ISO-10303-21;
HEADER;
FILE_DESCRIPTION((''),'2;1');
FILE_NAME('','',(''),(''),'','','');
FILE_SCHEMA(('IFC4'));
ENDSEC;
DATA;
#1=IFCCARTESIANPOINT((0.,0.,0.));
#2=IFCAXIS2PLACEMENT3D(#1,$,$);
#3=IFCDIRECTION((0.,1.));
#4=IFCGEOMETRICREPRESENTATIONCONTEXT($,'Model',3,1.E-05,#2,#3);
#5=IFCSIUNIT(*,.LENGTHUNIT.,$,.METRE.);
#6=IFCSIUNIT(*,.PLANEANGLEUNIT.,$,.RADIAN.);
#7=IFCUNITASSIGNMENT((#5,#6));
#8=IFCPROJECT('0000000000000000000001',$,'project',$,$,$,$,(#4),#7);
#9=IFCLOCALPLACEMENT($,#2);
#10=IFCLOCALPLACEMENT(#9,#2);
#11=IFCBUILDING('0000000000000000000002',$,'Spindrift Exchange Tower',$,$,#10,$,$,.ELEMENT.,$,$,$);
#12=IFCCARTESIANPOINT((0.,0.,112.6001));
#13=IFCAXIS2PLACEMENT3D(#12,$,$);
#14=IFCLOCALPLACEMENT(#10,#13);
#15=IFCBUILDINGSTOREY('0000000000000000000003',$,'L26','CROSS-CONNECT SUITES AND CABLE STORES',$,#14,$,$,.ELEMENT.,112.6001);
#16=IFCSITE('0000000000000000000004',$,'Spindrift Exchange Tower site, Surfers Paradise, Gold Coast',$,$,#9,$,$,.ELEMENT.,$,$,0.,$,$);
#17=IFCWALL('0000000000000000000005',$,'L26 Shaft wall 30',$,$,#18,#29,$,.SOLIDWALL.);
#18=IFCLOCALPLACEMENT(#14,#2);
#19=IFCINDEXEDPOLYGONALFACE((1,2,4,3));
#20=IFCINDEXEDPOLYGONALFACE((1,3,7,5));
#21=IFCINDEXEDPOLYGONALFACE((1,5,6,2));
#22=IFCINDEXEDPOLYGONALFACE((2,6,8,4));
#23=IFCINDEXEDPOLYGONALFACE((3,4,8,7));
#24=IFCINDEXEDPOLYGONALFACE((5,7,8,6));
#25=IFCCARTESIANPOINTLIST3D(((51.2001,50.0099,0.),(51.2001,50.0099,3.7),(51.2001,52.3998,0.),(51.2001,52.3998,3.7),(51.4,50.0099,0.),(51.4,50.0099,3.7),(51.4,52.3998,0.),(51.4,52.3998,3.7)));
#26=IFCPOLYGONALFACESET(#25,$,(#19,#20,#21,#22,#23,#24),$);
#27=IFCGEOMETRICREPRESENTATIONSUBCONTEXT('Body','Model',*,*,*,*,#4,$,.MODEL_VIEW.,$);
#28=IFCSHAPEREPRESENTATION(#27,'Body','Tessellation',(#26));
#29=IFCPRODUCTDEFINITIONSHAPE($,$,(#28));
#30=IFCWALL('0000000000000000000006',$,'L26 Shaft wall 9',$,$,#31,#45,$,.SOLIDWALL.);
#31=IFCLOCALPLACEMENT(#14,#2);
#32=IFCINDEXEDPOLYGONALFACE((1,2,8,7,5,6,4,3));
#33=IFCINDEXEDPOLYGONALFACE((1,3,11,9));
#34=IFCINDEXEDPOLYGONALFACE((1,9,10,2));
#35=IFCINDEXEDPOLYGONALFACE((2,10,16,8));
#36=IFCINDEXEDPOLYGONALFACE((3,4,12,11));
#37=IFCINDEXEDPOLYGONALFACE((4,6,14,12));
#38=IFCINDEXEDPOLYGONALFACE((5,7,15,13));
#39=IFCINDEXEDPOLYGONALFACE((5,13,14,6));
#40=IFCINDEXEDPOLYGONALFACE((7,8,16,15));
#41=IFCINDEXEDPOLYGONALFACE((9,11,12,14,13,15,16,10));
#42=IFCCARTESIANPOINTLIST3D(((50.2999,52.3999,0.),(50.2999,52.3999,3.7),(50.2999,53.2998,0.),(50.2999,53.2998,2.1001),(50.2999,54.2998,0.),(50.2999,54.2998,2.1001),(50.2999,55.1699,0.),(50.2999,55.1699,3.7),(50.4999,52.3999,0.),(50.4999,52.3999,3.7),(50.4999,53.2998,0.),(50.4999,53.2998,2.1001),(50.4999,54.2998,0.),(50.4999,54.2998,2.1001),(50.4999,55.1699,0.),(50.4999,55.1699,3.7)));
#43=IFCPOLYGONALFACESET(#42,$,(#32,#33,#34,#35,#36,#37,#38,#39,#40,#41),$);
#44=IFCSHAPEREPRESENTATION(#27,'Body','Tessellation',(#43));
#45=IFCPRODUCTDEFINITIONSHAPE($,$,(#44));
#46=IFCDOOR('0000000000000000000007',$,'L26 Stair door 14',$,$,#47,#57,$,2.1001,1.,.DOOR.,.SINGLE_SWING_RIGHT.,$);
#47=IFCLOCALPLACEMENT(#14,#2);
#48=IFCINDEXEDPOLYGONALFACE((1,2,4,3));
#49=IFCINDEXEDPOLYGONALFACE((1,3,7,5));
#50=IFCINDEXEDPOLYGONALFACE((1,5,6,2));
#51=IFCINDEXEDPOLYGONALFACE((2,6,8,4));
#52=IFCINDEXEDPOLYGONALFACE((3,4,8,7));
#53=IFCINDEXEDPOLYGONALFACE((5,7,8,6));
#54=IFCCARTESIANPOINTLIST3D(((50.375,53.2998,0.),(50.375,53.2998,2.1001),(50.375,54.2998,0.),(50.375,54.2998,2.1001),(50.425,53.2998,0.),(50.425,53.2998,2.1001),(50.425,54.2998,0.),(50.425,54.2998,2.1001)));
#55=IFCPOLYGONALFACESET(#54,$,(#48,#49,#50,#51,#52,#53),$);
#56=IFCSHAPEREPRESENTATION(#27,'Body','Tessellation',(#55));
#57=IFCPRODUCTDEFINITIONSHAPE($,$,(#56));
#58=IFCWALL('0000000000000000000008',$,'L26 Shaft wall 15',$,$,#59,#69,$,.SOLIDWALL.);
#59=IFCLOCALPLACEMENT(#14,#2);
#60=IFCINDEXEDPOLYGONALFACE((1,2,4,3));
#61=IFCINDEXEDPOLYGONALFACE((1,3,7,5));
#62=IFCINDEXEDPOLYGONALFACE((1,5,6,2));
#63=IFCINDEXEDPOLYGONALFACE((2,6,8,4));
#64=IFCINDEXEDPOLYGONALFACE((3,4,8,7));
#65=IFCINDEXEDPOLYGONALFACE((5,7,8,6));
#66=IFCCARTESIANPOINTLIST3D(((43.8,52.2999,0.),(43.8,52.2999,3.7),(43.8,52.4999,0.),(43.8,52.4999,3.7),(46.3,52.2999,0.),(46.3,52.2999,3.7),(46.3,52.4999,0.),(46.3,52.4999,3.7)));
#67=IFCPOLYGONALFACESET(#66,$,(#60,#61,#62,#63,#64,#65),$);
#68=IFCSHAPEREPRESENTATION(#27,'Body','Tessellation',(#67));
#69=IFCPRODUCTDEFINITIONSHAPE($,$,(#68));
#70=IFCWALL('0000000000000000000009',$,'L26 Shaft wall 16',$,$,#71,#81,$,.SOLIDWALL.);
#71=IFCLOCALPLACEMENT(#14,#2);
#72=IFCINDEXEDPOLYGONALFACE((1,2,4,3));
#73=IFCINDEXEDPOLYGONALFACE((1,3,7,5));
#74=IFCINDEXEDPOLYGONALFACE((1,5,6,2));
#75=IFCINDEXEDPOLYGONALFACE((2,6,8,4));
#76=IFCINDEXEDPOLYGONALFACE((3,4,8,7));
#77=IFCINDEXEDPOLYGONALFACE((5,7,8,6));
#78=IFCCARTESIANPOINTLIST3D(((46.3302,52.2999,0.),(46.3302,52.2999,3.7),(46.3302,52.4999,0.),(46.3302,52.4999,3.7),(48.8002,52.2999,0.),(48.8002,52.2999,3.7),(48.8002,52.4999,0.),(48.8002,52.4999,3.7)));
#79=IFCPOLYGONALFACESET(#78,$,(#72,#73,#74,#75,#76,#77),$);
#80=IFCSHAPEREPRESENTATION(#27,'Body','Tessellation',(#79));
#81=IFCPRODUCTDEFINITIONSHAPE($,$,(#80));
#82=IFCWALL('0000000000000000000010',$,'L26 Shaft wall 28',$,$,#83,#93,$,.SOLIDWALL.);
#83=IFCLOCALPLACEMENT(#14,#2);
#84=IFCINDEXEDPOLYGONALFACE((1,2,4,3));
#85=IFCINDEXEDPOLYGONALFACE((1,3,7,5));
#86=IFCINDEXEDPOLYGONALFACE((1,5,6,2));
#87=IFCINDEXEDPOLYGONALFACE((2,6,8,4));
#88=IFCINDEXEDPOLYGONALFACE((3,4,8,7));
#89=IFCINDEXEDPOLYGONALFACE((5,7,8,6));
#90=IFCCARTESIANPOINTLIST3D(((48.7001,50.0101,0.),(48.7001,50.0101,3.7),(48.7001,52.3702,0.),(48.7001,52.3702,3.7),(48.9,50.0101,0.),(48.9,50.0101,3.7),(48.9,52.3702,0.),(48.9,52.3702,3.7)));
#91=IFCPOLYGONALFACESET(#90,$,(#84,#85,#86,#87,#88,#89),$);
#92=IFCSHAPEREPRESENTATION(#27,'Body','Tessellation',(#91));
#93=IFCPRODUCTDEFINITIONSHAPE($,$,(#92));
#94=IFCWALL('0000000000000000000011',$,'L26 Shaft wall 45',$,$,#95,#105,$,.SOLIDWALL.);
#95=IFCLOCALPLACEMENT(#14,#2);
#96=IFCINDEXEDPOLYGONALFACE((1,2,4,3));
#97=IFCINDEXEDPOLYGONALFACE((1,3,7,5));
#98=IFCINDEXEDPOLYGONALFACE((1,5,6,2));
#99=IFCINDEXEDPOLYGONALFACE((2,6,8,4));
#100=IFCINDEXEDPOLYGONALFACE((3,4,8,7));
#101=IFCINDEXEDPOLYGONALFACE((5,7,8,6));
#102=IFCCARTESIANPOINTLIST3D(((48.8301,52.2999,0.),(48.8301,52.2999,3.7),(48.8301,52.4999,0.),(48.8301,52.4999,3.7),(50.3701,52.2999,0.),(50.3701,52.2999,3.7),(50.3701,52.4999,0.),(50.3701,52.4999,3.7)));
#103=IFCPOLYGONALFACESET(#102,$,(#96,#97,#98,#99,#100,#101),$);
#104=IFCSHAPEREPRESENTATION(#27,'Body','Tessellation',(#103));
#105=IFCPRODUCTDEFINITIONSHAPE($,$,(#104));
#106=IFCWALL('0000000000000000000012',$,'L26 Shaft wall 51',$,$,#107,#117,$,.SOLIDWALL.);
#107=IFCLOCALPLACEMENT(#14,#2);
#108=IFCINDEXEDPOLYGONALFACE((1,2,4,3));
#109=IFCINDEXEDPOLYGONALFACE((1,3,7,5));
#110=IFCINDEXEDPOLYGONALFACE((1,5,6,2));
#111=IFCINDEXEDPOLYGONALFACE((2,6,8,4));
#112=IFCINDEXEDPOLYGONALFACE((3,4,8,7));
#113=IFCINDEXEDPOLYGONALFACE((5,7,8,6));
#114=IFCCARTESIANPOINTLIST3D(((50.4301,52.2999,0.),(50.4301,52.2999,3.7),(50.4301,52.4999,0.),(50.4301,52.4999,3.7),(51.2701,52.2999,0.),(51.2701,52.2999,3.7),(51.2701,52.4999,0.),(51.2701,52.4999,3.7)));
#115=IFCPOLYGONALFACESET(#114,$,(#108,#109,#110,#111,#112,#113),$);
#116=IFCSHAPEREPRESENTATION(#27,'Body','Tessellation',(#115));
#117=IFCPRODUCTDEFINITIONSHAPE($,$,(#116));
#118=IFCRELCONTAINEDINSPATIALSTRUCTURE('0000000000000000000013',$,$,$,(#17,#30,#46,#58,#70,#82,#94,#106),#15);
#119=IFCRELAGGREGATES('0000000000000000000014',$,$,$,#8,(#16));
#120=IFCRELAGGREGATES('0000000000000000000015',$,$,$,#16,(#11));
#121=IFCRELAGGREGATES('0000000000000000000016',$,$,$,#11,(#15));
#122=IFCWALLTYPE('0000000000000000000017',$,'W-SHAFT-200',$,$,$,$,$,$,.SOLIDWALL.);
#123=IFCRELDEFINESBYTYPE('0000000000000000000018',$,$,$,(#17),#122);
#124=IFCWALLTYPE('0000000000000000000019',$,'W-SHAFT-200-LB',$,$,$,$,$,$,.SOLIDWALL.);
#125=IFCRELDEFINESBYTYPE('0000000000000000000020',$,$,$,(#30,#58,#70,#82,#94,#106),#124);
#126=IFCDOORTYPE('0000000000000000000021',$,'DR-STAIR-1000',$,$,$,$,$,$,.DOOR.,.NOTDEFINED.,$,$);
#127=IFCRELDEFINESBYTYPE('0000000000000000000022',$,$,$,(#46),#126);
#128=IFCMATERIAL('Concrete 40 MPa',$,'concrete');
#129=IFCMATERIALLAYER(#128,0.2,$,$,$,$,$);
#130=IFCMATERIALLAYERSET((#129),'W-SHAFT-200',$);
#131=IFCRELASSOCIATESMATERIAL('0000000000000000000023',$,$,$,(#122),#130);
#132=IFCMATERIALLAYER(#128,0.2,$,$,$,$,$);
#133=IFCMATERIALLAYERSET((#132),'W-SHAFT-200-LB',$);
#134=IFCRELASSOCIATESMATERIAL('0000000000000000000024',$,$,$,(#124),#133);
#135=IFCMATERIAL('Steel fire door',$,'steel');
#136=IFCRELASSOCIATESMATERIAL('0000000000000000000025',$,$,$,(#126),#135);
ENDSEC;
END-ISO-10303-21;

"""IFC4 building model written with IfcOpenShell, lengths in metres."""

from ifc_helpers import new_model, si_unit, direction, frame, frame_2d, origin, place, context, subcontext, project, spatial, rectangle, extrude, source, transform, mapped, material, layer, layer_set, type_object, element, fill, save


model = new_model("IFC4")

# Units and contexts
model_context = context("Model", 3, precision=1e-05, world=origin(), true_north=direction((0.0, 1.0)))
body_context = subcontext(model_context, "Body", "Model", "MODEL_VIEW")
ifc_project = project(units=[si_unit("LENGTHUNIT", "METRE"), si_unit("PLANEANGLEUNIT", "RADIAN")], contexts=[model_context])

# Site, building, storey
site_placement = place(None, origin())
site = spatial("IfcSite", under=ifc_project, at=site_placement, Name="Spindrift Exchange Tower site, Surfers Paradise, Gold Coast", CompositionType="ELEMENT", RefElevation=0.0)
building_placement = place(site_placement, origin())
building = spatial("IfcBuilding", under=site, at=building_placement, Name="Spindrift Exchange Tower", CompositionType="ELEMENT")
storey_placement = place(building_placement, frame((0.0, 0.0, 112.6001)))
storey = spatial("IfcBuildingStorey", under=building, at=storey_placement, Name="L26", Description="CROSS-CONNECT SUITES AND CABLE STORES", CompositionType="ELEMENT", Elevation=112.6001)

# Wall
ifc_material_1 = material(Name="Concrete 40 MPa", Category="concrete")
ifc_layer_1 = layer(ifc_material_1, 0.2)
ifc_layer_set_1 = layer_set([ifc_layer_1], Name="W-SHAFT-200")
wall_type_1 = type_object("IfcWallType", Name="W-SHAFT-200", PredefinedType="SOLIDWALL", material=ifc_layer_set_1)
wall_1_placement = place(storey_placement, frame((51.3, 50.01, 0.0), z_axis=(0.0, 0.0, 1.0), x_axis=(0.0, 1.0, 0.0)))
element("IfcWall", 1, at=wall_1_placement, inside=storey, type_object=wall_type_1, Name="L26 Shaft wall 30", PredefinedType="SOLIDWALL", context=body_context, shape_type="SweptSolid", body=[
    extrude(rectangle(XDim=2.3899, YDim=0.2, at=frame_2d((1.1948, 0.0))), origin(), (0.0, 0.0, 1.0), 3.7),
])

# Wall, opening, door
ifc_layer_2 = layer(ifc_material_1, 0.2)
ifc_layer_set_2 = layer_set([ifc_layer_2], Name="W-SHAFT-200-LB")
wall_type_2 = type_object("IfcWallType", Name="W-SHAFT-200-LB", PredefinedType="SOLIDWALL", material=ifc_layer_set_2)
wall_2_placement = place(storey_placement, frame((50.3999, 52.3999, 0.0), z_axis=(0.0, 0.0, 1.0), x_axis=(0.0, 1.0, 0.0)))
wall_2 = element("IfcWall", 2, at=wall_2_placement, inside=storey, type_object=wall_type_2, Name="L26 Shaft wall 9", PredefinedType="SOLIDWALL", context=body_context, shape_type="SweptSolid", body=[
    extrude(rectangle(XDim=2.77, YDim=0.2, at=frame_2d((1.385, 0.0))), origin(), (0.0, 0.0, 1.0), 3.7),
])
opening_placement = place(wall_2_placement, frame((0.8999, 0.0, 0.0)))
opening = element("IfcOpeningElement", 3, at=opening_placement, cuts=wall_2, PredefinedType="OPENING", context=body_context, shape_type="SweptSolid", body=[
    extrude(rectangle(XDim=1.0, YDim=2.1001, at=frame_2d((0.5, 1.05))), frame((0.0, 0.1099, 0.0), z_axis=(0.0, -1.0, 0.0), x_axis=(1.0, 0.0, 0.0)), (0.0, 0.0, 1.0), 0.22),
])
ifc_material_2 = material(Name="Steel fire door", Category="steel")
door_type = type_object("IfcDoorType", Name="DR-STAIR-1000", OperationType="NOTDEFINED", PredefinedType="DOOR", material=ifc_material_2)
shared_shape = source(origin(), body_context, "Body", "SweptSolid", [
    extrude(rectangle(XDim=1.0, YDim=2.1001, at=frame_2d((0.5, 1.05))), frame((0.0, 0.0249, 0.0), z_axis=(0.0, -1.0, 0.0), x_axis=(1.0, 0.0, 0.0)), (0.0, 0.0, 1.0), 0.05),
])
door_placement = place(opening_placement, origin())
door = element("IfcDoor", 4, at=door_placement, inside=storey, type_object=door_type, Name="L26 Stair door 14", OperationType="SINGLE_SWING_RIGHT", OverallHeight=2.1001, OverallWidth=1.0, PredefinedType="DOOR", context=body_context, shape_type="MappedRepresentation", body=[
    mapped(shared_shape, transform((0.0, 0.0, 0.0), scale=1.0)),
])
fill(opening, door)

# Walls
wall_3_placement = place(storey_placement, frame((46.3, 52.3999, 0.0), z_axis=(0.0, 0.0, 1.0), x_axis=(-1.0, 0.0, 0.0)))
element("IfcWall", 5, at=wall_3_placement, inside=storey, type_object=wall_type_2, Name="L26 Shaft wall 15", PredefinedType="SOLIDWALL", context=body_context, shape_type="SweptSolid", body=[
    extrude(rectangle(XDim=2.5, YDim=0.2, at=frame_2d((1.25, 0.0))), origin(), (0.0, 0.0, 1.0), 3.7),
])
wall_4_placement = place(storey_placement, frame((48.8, 52.3999, 0.0), z_axis=(0.0, 0.0, 1.0), x_axis=(-1.0, 0.0, 0.0)))
element("IfcWall", 6, at=wall_4_placement, inside=storey, type_object=wall_type_2, Name="L26 Shaft wall 16", PredefinedType="SOLIDWALL", context=body_context, shape_type="SweptSolid", body=[
    extrude(rectangle(XDim=2.47, YDim=0.2, at=frame_2d((1.2349, 0.0))), origin(), (0.0, 0.0, 1.0), 3.7),
])
wall_5_placement = place(storey_placement, frame((48.8, 50.01, 0.0), z_axis=(0.0, 0.0, 1.0), x_axis=(0.0, 1.0, 0.0)))
element("IfcWall", 7, at=wall_5_placement, inside=storey, type_object=wall_type_2, Name="L26 Shaft wall 28", PredefinedType="SOLIDWALL", context=body_context, shape_type="SweptSolid", body=[
    extrude(rectangle(XDim=2.3601, YDim=0.2, at=frame_2d((1.1802, 0.0))), origin(), (0.0, 0.0, 1.0), 3.7),
])
wall_6_placement = place(storey_placement, frame((50.3701, 52.3999, 0.0), z_axis=(0.0, 0.0, 1.0), x_axis=(-1.0, 0.0, 0.0)))
element("IfcWall", 8, at=wall_6_placement, inside=storey, type_object=wall_type_2, Name="L26 Shaft wall 45", PredefinedType="SOLIDWALL", context=body_context, shape_type="SweptSolid", body=[
    extrude(rectangle(XDim=1.54, YDim=0.2, at=frame_2d((0.77, 0.0))), origin(), (0.0, 0.0, 1.0), 3.7),
])
wall_7_placement = place(storey_placement, frame((51.27, 52.3999, 0.0), z_axis=(0.0, 0.0, 1.0), x_axis=(-1.0, 0.0, 0.0)))
element("IfcWall", 9, at=wall_7_placement, inside=storey, type_object=wall_type_2, Name="L26 Shaft wall 51", PredefinedType="SOLIDWALL", context=body_context, shape_type="SweptSolid", body=[
    extrude(rectangle(XDim=0.8401, YDim=0.2, at=frame_2d((0.4199, 0.0))), origin(), (0.0, 0.0, 1.0), 3.7),
])

save(model, "model.ifc")
